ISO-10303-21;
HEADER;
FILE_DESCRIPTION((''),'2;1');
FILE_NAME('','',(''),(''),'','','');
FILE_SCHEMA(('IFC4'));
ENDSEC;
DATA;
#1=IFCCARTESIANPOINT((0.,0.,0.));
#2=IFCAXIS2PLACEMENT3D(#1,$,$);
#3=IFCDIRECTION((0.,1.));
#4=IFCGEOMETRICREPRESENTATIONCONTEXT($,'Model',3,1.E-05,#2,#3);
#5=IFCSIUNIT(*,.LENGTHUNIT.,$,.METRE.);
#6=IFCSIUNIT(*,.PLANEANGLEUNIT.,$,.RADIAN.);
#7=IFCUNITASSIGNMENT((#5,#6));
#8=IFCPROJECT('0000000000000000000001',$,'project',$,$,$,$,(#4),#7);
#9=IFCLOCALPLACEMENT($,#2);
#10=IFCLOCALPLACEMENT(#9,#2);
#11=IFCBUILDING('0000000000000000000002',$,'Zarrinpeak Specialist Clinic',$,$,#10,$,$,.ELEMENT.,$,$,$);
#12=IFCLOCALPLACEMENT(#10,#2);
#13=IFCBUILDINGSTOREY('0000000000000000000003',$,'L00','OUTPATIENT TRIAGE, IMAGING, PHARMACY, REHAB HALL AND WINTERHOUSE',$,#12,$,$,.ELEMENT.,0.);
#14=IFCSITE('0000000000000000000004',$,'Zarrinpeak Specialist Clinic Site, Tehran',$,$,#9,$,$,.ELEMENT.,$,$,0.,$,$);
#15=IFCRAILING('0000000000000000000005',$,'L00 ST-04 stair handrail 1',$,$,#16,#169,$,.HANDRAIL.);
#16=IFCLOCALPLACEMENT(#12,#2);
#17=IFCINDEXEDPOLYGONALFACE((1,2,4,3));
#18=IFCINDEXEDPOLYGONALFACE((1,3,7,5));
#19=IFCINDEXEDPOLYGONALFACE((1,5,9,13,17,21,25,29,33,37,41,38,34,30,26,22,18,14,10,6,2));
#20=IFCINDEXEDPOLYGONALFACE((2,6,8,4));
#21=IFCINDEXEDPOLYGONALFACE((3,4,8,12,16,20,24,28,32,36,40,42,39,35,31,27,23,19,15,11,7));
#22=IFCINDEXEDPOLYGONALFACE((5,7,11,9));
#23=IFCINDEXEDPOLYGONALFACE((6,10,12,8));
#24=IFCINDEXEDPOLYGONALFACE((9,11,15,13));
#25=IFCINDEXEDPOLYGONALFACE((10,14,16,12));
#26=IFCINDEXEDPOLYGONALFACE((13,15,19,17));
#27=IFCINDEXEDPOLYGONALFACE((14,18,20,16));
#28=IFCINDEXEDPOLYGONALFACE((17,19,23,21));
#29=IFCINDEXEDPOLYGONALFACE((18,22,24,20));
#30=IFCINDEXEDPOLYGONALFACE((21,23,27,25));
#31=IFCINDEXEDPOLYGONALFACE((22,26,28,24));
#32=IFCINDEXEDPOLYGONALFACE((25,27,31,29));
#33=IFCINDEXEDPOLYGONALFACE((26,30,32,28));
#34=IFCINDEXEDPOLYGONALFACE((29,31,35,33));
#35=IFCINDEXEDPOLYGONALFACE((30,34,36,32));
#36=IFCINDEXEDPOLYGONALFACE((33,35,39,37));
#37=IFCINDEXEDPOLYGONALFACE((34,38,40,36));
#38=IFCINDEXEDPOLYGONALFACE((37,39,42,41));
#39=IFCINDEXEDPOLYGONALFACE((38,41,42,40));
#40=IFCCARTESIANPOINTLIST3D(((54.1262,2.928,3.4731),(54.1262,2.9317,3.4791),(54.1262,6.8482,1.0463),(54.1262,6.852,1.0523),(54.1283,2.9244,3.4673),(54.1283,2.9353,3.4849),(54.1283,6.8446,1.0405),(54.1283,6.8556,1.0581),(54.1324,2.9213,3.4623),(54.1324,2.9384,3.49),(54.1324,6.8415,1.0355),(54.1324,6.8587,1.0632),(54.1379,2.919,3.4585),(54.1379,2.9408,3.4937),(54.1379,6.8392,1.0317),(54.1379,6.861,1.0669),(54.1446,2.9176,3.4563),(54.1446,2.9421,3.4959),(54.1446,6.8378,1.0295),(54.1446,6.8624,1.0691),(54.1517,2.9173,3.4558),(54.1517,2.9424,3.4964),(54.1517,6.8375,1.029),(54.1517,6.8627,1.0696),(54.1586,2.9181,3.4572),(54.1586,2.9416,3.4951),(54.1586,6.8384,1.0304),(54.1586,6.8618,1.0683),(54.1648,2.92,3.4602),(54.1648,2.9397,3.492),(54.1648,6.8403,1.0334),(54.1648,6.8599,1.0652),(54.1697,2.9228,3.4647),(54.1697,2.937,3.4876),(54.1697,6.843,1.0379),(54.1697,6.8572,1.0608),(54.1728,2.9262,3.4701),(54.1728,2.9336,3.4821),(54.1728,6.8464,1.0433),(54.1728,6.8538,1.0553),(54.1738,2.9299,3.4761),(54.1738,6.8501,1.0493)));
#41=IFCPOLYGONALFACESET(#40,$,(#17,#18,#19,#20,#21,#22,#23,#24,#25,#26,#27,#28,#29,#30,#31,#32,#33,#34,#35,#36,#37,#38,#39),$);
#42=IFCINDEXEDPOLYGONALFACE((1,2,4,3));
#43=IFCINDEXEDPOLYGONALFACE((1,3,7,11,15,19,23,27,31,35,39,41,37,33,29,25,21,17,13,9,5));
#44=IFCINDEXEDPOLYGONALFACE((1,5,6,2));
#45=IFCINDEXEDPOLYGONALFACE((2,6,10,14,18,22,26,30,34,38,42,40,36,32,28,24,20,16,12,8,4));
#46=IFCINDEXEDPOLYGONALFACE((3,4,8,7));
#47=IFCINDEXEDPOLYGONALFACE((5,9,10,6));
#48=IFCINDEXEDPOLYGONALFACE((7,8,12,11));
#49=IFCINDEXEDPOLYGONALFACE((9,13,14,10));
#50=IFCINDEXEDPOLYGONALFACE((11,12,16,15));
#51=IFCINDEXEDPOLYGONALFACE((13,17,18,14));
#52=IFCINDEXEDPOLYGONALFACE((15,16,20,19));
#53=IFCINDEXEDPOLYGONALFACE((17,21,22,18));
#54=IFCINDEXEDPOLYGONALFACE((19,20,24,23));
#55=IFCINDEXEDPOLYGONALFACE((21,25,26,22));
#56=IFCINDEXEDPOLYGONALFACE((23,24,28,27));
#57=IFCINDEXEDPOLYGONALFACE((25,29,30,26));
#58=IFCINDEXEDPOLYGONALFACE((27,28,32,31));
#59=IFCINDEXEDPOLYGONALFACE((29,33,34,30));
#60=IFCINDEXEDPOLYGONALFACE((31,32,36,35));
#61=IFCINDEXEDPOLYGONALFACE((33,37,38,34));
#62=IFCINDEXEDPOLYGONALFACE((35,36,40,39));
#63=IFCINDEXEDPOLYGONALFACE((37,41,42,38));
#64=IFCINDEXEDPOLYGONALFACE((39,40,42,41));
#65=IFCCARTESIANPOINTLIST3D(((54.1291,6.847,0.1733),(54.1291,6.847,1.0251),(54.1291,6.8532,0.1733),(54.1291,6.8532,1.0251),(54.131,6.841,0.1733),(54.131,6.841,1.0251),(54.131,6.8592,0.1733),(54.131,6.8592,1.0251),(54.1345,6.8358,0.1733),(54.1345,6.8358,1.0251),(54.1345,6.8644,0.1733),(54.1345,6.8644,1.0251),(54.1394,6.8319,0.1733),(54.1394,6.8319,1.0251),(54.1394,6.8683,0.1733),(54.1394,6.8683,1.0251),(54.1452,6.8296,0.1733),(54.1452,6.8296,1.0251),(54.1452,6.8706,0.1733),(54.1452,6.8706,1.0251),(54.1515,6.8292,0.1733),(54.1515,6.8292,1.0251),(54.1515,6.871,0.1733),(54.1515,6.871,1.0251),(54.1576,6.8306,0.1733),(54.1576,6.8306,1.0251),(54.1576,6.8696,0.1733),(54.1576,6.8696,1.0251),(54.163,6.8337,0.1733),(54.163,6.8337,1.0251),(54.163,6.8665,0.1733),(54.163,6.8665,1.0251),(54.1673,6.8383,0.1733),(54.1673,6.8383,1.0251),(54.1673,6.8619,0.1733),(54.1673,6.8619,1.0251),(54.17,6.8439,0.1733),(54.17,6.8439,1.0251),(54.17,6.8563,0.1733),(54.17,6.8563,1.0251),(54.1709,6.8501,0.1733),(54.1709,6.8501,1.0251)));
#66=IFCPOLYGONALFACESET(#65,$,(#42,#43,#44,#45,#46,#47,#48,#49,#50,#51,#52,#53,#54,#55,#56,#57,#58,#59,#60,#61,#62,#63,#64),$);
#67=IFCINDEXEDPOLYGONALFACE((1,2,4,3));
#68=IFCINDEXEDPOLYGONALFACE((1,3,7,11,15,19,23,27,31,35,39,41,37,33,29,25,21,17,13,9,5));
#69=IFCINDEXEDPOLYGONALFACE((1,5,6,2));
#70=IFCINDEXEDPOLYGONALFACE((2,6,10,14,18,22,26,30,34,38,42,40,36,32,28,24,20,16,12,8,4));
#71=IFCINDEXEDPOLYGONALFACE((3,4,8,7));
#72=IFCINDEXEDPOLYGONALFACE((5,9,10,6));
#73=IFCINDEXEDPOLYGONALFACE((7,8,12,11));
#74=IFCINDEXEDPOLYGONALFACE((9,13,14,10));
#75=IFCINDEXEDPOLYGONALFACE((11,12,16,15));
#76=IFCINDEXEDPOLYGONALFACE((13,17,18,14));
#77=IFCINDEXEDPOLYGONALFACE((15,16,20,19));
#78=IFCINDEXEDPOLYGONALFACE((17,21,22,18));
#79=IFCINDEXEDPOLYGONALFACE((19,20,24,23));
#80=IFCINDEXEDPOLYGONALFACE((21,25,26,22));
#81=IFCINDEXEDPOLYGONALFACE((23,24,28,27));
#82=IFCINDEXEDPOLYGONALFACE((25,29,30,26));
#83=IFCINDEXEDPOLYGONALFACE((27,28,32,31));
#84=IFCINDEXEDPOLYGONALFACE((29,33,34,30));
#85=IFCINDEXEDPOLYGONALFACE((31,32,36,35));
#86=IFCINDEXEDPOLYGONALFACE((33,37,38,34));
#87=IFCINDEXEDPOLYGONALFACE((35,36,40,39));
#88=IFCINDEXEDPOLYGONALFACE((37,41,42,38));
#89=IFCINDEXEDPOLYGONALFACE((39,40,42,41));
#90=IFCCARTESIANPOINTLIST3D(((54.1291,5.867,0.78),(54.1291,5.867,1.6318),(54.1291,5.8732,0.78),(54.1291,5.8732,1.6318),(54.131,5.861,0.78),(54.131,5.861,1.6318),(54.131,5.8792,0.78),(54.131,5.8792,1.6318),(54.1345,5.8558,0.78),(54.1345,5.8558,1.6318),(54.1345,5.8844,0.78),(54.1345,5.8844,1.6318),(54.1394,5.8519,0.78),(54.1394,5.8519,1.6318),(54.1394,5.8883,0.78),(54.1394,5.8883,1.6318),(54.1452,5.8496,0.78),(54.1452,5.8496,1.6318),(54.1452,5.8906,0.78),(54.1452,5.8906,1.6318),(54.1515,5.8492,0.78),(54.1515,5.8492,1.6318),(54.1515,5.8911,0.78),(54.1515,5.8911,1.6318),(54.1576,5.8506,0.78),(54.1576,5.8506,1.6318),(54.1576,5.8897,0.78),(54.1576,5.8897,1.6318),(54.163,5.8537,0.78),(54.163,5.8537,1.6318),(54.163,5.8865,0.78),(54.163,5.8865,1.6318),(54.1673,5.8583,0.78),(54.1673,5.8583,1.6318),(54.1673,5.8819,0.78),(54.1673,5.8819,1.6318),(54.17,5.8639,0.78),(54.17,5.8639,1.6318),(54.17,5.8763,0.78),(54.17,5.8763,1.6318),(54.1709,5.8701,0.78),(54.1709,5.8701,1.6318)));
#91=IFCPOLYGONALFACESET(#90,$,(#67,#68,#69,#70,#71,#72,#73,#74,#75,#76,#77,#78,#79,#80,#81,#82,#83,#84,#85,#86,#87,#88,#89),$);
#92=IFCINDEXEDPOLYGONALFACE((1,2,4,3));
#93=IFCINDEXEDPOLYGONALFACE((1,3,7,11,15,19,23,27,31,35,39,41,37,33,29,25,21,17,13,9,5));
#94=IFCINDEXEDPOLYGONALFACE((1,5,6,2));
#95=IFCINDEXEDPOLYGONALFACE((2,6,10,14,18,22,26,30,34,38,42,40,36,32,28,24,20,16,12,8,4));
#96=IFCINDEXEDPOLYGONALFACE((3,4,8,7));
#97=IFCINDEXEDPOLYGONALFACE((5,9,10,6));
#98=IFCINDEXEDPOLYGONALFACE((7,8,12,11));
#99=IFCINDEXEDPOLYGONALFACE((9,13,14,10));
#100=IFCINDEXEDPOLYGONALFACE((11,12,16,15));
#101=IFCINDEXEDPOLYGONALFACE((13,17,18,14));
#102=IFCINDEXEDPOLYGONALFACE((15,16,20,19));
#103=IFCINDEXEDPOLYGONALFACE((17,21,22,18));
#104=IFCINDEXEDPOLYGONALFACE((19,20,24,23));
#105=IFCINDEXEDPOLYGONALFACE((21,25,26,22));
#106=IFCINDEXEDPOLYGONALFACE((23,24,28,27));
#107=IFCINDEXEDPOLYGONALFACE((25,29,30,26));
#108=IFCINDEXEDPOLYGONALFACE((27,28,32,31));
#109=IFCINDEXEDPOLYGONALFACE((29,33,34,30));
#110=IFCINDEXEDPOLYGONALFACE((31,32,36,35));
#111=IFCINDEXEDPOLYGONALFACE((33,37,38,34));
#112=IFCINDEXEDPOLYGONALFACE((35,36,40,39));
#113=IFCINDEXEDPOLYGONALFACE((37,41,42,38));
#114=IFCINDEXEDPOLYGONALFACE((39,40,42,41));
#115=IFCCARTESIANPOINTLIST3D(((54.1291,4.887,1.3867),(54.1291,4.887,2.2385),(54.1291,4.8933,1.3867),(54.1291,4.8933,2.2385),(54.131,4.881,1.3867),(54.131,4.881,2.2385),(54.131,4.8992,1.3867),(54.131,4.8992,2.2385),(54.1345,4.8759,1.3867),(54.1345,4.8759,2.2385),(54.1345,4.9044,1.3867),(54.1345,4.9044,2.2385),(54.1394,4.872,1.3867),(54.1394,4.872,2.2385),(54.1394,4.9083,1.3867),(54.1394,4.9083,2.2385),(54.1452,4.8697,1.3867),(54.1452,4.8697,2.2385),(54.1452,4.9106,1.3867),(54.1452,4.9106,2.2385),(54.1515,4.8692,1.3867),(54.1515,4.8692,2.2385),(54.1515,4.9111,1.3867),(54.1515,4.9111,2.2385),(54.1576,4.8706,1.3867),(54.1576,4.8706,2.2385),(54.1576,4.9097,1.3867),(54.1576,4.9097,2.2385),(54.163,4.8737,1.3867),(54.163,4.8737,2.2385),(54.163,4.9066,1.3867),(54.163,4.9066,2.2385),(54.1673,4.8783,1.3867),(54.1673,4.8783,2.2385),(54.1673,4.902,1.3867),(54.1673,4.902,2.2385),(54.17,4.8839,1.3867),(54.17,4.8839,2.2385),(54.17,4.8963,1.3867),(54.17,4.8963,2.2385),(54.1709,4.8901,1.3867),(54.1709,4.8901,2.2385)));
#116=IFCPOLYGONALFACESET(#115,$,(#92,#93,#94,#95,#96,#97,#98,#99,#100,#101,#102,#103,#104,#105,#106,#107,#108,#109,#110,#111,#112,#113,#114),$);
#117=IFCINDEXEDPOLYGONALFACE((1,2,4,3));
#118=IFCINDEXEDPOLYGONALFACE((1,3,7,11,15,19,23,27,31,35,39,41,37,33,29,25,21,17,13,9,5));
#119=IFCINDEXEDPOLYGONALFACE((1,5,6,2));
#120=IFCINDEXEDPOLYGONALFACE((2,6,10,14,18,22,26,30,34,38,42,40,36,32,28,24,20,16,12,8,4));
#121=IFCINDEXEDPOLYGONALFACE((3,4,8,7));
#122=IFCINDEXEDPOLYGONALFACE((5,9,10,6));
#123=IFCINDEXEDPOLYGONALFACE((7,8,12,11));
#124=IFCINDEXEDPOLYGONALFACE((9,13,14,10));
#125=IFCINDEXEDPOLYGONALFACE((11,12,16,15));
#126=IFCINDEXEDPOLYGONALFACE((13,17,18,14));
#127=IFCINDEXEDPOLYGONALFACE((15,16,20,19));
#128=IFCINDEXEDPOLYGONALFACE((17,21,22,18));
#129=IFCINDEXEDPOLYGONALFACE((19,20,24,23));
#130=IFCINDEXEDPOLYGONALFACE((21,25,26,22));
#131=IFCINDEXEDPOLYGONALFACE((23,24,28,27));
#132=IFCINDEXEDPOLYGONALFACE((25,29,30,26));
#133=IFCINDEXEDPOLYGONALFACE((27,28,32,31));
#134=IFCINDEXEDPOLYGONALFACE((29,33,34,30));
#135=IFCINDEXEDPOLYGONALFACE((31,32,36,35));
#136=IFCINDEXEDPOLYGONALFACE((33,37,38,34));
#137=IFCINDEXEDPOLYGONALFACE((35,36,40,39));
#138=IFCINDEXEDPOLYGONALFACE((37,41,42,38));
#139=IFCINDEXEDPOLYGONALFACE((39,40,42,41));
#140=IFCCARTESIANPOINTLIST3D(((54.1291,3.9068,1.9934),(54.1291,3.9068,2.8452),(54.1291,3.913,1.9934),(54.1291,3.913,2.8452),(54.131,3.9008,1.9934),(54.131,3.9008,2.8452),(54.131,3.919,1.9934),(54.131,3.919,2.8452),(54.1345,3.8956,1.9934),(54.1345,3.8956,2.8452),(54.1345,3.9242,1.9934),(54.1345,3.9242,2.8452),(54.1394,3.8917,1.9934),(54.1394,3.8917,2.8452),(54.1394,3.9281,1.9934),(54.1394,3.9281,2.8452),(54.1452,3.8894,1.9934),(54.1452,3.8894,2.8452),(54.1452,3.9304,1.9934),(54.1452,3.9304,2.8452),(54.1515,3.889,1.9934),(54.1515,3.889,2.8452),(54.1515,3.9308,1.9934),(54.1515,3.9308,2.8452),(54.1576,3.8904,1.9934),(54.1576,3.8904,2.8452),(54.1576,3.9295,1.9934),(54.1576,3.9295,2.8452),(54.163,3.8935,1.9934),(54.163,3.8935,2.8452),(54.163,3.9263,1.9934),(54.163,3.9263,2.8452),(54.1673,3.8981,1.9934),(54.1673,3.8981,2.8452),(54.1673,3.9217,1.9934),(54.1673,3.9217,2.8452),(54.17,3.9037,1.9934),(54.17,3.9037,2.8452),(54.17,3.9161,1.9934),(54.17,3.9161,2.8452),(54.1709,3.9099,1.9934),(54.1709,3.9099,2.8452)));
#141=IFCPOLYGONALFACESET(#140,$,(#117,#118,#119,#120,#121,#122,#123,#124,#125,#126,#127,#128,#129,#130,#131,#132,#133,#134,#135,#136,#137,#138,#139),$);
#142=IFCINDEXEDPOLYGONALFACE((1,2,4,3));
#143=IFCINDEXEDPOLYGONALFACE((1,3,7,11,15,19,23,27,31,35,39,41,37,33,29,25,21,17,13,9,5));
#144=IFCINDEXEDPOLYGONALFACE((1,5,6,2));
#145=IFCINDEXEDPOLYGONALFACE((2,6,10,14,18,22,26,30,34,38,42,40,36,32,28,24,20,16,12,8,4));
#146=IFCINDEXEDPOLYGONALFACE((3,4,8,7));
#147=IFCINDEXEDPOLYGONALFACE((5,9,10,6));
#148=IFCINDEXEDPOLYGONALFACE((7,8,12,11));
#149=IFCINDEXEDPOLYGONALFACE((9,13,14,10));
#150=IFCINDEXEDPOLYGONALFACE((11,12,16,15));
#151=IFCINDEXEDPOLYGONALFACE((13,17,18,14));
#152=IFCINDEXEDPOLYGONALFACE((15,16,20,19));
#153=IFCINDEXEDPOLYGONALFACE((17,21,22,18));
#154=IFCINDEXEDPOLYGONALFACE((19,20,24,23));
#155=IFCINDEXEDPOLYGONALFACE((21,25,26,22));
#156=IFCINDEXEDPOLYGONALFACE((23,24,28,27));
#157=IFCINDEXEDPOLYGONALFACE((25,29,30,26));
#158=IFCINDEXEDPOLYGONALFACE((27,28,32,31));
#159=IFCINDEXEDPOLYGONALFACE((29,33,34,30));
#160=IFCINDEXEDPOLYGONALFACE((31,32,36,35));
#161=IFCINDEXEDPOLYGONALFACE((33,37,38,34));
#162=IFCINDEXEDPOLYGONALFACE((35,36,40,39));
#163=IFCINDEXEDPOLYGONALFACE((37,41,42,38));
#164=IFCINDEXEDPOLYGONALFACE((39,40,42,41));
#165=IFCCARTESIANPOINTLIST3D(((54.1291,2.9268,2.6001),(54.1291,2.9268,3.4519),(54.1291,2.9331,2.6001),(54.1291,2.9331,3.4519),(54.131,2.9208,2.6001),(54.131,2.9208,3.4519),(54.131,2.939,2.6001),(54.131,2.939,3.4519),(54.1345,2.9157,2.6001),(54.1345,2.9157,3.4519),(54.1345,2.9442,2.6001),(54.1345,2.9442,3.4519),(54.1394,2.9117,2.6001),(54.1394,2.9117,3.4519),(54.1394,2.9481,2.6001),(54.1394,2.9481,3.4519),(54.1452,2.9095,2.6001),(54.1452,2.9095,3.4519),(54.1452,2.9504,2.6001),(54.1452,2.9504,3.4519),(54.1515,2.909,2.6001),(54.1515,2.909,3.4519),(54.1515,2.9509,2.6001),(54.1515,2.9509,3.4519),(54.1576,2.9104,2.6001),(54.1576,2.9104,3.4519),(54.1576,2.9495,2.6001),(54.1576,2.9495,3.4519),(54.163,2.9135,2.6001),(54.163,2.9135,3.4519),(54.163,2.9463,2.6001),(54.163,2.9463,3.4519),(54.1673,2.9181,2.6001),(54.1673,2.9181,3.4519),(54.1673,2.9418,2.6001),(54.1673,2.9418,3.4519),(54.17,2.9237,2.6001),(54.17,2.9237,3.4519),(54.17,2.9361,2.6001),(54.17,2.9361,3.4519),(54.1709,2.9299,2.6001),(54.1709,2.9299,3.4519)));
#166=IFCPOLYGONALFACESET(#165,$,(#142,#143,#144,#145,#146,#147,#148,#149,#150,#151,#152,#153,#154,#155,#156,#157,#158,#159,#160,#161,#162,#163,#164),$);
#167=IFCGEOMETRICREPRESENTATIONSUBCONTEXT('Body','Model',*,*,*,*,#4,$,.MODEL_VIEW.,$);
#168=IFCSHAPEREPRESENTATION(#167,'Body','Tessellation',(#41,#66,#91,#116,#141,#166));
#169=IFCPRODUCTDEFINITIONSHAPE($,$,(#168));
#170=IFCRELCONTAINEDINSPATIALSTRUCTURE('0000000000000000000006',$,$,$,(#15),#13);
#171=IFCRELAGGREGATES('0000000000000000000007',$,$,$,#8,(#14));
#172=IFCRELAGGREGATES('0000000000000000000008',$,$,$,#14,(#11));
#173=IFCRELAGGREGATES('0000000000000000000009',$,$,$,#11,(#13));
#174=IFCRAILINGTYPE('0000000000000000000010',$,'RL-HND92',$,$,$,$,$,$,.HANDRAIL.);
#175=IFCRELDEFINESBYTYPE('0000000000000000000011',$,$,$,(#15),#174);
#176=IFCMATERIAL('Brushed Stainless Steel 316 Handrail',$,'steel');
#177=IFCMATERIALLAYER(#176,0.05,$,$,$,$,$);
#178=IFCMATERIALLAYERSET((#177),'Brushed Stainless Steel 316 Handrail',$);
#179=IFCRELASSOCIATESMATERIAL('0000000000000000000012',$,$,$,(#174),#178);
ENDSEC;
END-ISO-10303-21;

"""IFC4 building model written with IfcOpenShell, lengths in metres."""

from ifc_helpers import new_model, si_unit, direction, frame, origin, origin_2d, place, context, subcontext, project, spatial, circle, extrude, material, layer, layer_set, type_object, element, save


model = new_model("IFC4")

# Units and contexts
model_context = context("Model", 3, precision=1e-05, world=origin(), true_north=direction((0.0, 1.0)))
body_context = subcontext(model_context, "Body", "Model", "MODEL_VIEW")
ifc_project = project(units=[si_unit("LENGTHUNIT", "METRE"), si_unit("PLANEANGLEUNIT", "RADIAN")], contexts=[model_context])

# Site, building, storey
site_placement = place(None, origin())
site = spatial("IfcSite", under=ifc_project, at=site_placement, Name="Zarrinpeak Specialist Clinic Site, Tehran", CompositionType="ELEMENT", RefElevation=0.0)
building_placement = place(site_placement, origin())
building = spatial("IfcBuilding", under=site, at=building_placement, Name="Zarrinpeak Specialist Clinic", CompositionType="ELEMENT")
storey_placement = place(building_placement, origin())
storey = spatial("IfcBuildingStorey", under=building, at=storey_placement, Name="L00", Description="OUTPATIENT TRIAGE, IMAGING, PHARMACY, REHAB HALL AND WINTERHOUSE", CompositionType="ELEMENT", Elevation=0.0)

# Railing
ifc_material_1 = material(Name="Brushed Stainless Steel 316 Handrail", Category="steel")
ifc_layer_1 = layer(ifc_material_1, 0.05)
ifc_layer_set_1 = layer_set([ifc_layer_1], Name="Brushed Stainless Steel 316 Handrail")
railing_type_1 = type_object("IfcRailingType", Name="RL-HND92", PredefinedType="HANDRAIL", material=ifc_layer_set_1)
for number, where, name in (
    (1, (54.1499, 6.8501, 0.1733), "L00 ST-04 stair handrail 1"),
):
    element("IfcRailing", number, at=place(storey_placement, frame(where)), inside=storey, type_object=railing_type_1, Name=name, PredefinedType="HANDRAIL", context=body_context, shape_type="SweptSolid", body=[
        extrude(circle(Radius=0.0239, at=origin_2d()), frame((0.0, 0.0, 0.876), z_axis=(0.0, -0.850266, 0.526353), x_axis=(1.0, 0.0, 0.0)), (0.0, 0.0, 1.0), 4.6106),
        extrude(circle(Radius=0.021, at=origin_2d()), origin(), (0.0, 0.0, 1.0), 0.8518),
        extrude(circle(Radius=0.021, at=origin_2d()), frame((0.0, -0.98, 0.6067)), (0.0, 0.0, 1.0), 0.8518),
        extrude(circle(Radius=0.021, at=origin_2d()), frame((0.0, -1.96, 1.2134)), (0.0, 0.0, 1.0), 0.8518),
        extrude(circle(Radius=0.021, at=origin_2d()), frame((0.0, -2.9402, 1.8201)), (0.0, 0.0, 1.0), 0.8518),
        extrude(circle(Radius=0.021, at=origin_2d()), frame((0.0, -3.9202, 2.4268)), (0.0, 0.0, 1.0), 0.8518),
    ])

save(model, "model.ifc")
